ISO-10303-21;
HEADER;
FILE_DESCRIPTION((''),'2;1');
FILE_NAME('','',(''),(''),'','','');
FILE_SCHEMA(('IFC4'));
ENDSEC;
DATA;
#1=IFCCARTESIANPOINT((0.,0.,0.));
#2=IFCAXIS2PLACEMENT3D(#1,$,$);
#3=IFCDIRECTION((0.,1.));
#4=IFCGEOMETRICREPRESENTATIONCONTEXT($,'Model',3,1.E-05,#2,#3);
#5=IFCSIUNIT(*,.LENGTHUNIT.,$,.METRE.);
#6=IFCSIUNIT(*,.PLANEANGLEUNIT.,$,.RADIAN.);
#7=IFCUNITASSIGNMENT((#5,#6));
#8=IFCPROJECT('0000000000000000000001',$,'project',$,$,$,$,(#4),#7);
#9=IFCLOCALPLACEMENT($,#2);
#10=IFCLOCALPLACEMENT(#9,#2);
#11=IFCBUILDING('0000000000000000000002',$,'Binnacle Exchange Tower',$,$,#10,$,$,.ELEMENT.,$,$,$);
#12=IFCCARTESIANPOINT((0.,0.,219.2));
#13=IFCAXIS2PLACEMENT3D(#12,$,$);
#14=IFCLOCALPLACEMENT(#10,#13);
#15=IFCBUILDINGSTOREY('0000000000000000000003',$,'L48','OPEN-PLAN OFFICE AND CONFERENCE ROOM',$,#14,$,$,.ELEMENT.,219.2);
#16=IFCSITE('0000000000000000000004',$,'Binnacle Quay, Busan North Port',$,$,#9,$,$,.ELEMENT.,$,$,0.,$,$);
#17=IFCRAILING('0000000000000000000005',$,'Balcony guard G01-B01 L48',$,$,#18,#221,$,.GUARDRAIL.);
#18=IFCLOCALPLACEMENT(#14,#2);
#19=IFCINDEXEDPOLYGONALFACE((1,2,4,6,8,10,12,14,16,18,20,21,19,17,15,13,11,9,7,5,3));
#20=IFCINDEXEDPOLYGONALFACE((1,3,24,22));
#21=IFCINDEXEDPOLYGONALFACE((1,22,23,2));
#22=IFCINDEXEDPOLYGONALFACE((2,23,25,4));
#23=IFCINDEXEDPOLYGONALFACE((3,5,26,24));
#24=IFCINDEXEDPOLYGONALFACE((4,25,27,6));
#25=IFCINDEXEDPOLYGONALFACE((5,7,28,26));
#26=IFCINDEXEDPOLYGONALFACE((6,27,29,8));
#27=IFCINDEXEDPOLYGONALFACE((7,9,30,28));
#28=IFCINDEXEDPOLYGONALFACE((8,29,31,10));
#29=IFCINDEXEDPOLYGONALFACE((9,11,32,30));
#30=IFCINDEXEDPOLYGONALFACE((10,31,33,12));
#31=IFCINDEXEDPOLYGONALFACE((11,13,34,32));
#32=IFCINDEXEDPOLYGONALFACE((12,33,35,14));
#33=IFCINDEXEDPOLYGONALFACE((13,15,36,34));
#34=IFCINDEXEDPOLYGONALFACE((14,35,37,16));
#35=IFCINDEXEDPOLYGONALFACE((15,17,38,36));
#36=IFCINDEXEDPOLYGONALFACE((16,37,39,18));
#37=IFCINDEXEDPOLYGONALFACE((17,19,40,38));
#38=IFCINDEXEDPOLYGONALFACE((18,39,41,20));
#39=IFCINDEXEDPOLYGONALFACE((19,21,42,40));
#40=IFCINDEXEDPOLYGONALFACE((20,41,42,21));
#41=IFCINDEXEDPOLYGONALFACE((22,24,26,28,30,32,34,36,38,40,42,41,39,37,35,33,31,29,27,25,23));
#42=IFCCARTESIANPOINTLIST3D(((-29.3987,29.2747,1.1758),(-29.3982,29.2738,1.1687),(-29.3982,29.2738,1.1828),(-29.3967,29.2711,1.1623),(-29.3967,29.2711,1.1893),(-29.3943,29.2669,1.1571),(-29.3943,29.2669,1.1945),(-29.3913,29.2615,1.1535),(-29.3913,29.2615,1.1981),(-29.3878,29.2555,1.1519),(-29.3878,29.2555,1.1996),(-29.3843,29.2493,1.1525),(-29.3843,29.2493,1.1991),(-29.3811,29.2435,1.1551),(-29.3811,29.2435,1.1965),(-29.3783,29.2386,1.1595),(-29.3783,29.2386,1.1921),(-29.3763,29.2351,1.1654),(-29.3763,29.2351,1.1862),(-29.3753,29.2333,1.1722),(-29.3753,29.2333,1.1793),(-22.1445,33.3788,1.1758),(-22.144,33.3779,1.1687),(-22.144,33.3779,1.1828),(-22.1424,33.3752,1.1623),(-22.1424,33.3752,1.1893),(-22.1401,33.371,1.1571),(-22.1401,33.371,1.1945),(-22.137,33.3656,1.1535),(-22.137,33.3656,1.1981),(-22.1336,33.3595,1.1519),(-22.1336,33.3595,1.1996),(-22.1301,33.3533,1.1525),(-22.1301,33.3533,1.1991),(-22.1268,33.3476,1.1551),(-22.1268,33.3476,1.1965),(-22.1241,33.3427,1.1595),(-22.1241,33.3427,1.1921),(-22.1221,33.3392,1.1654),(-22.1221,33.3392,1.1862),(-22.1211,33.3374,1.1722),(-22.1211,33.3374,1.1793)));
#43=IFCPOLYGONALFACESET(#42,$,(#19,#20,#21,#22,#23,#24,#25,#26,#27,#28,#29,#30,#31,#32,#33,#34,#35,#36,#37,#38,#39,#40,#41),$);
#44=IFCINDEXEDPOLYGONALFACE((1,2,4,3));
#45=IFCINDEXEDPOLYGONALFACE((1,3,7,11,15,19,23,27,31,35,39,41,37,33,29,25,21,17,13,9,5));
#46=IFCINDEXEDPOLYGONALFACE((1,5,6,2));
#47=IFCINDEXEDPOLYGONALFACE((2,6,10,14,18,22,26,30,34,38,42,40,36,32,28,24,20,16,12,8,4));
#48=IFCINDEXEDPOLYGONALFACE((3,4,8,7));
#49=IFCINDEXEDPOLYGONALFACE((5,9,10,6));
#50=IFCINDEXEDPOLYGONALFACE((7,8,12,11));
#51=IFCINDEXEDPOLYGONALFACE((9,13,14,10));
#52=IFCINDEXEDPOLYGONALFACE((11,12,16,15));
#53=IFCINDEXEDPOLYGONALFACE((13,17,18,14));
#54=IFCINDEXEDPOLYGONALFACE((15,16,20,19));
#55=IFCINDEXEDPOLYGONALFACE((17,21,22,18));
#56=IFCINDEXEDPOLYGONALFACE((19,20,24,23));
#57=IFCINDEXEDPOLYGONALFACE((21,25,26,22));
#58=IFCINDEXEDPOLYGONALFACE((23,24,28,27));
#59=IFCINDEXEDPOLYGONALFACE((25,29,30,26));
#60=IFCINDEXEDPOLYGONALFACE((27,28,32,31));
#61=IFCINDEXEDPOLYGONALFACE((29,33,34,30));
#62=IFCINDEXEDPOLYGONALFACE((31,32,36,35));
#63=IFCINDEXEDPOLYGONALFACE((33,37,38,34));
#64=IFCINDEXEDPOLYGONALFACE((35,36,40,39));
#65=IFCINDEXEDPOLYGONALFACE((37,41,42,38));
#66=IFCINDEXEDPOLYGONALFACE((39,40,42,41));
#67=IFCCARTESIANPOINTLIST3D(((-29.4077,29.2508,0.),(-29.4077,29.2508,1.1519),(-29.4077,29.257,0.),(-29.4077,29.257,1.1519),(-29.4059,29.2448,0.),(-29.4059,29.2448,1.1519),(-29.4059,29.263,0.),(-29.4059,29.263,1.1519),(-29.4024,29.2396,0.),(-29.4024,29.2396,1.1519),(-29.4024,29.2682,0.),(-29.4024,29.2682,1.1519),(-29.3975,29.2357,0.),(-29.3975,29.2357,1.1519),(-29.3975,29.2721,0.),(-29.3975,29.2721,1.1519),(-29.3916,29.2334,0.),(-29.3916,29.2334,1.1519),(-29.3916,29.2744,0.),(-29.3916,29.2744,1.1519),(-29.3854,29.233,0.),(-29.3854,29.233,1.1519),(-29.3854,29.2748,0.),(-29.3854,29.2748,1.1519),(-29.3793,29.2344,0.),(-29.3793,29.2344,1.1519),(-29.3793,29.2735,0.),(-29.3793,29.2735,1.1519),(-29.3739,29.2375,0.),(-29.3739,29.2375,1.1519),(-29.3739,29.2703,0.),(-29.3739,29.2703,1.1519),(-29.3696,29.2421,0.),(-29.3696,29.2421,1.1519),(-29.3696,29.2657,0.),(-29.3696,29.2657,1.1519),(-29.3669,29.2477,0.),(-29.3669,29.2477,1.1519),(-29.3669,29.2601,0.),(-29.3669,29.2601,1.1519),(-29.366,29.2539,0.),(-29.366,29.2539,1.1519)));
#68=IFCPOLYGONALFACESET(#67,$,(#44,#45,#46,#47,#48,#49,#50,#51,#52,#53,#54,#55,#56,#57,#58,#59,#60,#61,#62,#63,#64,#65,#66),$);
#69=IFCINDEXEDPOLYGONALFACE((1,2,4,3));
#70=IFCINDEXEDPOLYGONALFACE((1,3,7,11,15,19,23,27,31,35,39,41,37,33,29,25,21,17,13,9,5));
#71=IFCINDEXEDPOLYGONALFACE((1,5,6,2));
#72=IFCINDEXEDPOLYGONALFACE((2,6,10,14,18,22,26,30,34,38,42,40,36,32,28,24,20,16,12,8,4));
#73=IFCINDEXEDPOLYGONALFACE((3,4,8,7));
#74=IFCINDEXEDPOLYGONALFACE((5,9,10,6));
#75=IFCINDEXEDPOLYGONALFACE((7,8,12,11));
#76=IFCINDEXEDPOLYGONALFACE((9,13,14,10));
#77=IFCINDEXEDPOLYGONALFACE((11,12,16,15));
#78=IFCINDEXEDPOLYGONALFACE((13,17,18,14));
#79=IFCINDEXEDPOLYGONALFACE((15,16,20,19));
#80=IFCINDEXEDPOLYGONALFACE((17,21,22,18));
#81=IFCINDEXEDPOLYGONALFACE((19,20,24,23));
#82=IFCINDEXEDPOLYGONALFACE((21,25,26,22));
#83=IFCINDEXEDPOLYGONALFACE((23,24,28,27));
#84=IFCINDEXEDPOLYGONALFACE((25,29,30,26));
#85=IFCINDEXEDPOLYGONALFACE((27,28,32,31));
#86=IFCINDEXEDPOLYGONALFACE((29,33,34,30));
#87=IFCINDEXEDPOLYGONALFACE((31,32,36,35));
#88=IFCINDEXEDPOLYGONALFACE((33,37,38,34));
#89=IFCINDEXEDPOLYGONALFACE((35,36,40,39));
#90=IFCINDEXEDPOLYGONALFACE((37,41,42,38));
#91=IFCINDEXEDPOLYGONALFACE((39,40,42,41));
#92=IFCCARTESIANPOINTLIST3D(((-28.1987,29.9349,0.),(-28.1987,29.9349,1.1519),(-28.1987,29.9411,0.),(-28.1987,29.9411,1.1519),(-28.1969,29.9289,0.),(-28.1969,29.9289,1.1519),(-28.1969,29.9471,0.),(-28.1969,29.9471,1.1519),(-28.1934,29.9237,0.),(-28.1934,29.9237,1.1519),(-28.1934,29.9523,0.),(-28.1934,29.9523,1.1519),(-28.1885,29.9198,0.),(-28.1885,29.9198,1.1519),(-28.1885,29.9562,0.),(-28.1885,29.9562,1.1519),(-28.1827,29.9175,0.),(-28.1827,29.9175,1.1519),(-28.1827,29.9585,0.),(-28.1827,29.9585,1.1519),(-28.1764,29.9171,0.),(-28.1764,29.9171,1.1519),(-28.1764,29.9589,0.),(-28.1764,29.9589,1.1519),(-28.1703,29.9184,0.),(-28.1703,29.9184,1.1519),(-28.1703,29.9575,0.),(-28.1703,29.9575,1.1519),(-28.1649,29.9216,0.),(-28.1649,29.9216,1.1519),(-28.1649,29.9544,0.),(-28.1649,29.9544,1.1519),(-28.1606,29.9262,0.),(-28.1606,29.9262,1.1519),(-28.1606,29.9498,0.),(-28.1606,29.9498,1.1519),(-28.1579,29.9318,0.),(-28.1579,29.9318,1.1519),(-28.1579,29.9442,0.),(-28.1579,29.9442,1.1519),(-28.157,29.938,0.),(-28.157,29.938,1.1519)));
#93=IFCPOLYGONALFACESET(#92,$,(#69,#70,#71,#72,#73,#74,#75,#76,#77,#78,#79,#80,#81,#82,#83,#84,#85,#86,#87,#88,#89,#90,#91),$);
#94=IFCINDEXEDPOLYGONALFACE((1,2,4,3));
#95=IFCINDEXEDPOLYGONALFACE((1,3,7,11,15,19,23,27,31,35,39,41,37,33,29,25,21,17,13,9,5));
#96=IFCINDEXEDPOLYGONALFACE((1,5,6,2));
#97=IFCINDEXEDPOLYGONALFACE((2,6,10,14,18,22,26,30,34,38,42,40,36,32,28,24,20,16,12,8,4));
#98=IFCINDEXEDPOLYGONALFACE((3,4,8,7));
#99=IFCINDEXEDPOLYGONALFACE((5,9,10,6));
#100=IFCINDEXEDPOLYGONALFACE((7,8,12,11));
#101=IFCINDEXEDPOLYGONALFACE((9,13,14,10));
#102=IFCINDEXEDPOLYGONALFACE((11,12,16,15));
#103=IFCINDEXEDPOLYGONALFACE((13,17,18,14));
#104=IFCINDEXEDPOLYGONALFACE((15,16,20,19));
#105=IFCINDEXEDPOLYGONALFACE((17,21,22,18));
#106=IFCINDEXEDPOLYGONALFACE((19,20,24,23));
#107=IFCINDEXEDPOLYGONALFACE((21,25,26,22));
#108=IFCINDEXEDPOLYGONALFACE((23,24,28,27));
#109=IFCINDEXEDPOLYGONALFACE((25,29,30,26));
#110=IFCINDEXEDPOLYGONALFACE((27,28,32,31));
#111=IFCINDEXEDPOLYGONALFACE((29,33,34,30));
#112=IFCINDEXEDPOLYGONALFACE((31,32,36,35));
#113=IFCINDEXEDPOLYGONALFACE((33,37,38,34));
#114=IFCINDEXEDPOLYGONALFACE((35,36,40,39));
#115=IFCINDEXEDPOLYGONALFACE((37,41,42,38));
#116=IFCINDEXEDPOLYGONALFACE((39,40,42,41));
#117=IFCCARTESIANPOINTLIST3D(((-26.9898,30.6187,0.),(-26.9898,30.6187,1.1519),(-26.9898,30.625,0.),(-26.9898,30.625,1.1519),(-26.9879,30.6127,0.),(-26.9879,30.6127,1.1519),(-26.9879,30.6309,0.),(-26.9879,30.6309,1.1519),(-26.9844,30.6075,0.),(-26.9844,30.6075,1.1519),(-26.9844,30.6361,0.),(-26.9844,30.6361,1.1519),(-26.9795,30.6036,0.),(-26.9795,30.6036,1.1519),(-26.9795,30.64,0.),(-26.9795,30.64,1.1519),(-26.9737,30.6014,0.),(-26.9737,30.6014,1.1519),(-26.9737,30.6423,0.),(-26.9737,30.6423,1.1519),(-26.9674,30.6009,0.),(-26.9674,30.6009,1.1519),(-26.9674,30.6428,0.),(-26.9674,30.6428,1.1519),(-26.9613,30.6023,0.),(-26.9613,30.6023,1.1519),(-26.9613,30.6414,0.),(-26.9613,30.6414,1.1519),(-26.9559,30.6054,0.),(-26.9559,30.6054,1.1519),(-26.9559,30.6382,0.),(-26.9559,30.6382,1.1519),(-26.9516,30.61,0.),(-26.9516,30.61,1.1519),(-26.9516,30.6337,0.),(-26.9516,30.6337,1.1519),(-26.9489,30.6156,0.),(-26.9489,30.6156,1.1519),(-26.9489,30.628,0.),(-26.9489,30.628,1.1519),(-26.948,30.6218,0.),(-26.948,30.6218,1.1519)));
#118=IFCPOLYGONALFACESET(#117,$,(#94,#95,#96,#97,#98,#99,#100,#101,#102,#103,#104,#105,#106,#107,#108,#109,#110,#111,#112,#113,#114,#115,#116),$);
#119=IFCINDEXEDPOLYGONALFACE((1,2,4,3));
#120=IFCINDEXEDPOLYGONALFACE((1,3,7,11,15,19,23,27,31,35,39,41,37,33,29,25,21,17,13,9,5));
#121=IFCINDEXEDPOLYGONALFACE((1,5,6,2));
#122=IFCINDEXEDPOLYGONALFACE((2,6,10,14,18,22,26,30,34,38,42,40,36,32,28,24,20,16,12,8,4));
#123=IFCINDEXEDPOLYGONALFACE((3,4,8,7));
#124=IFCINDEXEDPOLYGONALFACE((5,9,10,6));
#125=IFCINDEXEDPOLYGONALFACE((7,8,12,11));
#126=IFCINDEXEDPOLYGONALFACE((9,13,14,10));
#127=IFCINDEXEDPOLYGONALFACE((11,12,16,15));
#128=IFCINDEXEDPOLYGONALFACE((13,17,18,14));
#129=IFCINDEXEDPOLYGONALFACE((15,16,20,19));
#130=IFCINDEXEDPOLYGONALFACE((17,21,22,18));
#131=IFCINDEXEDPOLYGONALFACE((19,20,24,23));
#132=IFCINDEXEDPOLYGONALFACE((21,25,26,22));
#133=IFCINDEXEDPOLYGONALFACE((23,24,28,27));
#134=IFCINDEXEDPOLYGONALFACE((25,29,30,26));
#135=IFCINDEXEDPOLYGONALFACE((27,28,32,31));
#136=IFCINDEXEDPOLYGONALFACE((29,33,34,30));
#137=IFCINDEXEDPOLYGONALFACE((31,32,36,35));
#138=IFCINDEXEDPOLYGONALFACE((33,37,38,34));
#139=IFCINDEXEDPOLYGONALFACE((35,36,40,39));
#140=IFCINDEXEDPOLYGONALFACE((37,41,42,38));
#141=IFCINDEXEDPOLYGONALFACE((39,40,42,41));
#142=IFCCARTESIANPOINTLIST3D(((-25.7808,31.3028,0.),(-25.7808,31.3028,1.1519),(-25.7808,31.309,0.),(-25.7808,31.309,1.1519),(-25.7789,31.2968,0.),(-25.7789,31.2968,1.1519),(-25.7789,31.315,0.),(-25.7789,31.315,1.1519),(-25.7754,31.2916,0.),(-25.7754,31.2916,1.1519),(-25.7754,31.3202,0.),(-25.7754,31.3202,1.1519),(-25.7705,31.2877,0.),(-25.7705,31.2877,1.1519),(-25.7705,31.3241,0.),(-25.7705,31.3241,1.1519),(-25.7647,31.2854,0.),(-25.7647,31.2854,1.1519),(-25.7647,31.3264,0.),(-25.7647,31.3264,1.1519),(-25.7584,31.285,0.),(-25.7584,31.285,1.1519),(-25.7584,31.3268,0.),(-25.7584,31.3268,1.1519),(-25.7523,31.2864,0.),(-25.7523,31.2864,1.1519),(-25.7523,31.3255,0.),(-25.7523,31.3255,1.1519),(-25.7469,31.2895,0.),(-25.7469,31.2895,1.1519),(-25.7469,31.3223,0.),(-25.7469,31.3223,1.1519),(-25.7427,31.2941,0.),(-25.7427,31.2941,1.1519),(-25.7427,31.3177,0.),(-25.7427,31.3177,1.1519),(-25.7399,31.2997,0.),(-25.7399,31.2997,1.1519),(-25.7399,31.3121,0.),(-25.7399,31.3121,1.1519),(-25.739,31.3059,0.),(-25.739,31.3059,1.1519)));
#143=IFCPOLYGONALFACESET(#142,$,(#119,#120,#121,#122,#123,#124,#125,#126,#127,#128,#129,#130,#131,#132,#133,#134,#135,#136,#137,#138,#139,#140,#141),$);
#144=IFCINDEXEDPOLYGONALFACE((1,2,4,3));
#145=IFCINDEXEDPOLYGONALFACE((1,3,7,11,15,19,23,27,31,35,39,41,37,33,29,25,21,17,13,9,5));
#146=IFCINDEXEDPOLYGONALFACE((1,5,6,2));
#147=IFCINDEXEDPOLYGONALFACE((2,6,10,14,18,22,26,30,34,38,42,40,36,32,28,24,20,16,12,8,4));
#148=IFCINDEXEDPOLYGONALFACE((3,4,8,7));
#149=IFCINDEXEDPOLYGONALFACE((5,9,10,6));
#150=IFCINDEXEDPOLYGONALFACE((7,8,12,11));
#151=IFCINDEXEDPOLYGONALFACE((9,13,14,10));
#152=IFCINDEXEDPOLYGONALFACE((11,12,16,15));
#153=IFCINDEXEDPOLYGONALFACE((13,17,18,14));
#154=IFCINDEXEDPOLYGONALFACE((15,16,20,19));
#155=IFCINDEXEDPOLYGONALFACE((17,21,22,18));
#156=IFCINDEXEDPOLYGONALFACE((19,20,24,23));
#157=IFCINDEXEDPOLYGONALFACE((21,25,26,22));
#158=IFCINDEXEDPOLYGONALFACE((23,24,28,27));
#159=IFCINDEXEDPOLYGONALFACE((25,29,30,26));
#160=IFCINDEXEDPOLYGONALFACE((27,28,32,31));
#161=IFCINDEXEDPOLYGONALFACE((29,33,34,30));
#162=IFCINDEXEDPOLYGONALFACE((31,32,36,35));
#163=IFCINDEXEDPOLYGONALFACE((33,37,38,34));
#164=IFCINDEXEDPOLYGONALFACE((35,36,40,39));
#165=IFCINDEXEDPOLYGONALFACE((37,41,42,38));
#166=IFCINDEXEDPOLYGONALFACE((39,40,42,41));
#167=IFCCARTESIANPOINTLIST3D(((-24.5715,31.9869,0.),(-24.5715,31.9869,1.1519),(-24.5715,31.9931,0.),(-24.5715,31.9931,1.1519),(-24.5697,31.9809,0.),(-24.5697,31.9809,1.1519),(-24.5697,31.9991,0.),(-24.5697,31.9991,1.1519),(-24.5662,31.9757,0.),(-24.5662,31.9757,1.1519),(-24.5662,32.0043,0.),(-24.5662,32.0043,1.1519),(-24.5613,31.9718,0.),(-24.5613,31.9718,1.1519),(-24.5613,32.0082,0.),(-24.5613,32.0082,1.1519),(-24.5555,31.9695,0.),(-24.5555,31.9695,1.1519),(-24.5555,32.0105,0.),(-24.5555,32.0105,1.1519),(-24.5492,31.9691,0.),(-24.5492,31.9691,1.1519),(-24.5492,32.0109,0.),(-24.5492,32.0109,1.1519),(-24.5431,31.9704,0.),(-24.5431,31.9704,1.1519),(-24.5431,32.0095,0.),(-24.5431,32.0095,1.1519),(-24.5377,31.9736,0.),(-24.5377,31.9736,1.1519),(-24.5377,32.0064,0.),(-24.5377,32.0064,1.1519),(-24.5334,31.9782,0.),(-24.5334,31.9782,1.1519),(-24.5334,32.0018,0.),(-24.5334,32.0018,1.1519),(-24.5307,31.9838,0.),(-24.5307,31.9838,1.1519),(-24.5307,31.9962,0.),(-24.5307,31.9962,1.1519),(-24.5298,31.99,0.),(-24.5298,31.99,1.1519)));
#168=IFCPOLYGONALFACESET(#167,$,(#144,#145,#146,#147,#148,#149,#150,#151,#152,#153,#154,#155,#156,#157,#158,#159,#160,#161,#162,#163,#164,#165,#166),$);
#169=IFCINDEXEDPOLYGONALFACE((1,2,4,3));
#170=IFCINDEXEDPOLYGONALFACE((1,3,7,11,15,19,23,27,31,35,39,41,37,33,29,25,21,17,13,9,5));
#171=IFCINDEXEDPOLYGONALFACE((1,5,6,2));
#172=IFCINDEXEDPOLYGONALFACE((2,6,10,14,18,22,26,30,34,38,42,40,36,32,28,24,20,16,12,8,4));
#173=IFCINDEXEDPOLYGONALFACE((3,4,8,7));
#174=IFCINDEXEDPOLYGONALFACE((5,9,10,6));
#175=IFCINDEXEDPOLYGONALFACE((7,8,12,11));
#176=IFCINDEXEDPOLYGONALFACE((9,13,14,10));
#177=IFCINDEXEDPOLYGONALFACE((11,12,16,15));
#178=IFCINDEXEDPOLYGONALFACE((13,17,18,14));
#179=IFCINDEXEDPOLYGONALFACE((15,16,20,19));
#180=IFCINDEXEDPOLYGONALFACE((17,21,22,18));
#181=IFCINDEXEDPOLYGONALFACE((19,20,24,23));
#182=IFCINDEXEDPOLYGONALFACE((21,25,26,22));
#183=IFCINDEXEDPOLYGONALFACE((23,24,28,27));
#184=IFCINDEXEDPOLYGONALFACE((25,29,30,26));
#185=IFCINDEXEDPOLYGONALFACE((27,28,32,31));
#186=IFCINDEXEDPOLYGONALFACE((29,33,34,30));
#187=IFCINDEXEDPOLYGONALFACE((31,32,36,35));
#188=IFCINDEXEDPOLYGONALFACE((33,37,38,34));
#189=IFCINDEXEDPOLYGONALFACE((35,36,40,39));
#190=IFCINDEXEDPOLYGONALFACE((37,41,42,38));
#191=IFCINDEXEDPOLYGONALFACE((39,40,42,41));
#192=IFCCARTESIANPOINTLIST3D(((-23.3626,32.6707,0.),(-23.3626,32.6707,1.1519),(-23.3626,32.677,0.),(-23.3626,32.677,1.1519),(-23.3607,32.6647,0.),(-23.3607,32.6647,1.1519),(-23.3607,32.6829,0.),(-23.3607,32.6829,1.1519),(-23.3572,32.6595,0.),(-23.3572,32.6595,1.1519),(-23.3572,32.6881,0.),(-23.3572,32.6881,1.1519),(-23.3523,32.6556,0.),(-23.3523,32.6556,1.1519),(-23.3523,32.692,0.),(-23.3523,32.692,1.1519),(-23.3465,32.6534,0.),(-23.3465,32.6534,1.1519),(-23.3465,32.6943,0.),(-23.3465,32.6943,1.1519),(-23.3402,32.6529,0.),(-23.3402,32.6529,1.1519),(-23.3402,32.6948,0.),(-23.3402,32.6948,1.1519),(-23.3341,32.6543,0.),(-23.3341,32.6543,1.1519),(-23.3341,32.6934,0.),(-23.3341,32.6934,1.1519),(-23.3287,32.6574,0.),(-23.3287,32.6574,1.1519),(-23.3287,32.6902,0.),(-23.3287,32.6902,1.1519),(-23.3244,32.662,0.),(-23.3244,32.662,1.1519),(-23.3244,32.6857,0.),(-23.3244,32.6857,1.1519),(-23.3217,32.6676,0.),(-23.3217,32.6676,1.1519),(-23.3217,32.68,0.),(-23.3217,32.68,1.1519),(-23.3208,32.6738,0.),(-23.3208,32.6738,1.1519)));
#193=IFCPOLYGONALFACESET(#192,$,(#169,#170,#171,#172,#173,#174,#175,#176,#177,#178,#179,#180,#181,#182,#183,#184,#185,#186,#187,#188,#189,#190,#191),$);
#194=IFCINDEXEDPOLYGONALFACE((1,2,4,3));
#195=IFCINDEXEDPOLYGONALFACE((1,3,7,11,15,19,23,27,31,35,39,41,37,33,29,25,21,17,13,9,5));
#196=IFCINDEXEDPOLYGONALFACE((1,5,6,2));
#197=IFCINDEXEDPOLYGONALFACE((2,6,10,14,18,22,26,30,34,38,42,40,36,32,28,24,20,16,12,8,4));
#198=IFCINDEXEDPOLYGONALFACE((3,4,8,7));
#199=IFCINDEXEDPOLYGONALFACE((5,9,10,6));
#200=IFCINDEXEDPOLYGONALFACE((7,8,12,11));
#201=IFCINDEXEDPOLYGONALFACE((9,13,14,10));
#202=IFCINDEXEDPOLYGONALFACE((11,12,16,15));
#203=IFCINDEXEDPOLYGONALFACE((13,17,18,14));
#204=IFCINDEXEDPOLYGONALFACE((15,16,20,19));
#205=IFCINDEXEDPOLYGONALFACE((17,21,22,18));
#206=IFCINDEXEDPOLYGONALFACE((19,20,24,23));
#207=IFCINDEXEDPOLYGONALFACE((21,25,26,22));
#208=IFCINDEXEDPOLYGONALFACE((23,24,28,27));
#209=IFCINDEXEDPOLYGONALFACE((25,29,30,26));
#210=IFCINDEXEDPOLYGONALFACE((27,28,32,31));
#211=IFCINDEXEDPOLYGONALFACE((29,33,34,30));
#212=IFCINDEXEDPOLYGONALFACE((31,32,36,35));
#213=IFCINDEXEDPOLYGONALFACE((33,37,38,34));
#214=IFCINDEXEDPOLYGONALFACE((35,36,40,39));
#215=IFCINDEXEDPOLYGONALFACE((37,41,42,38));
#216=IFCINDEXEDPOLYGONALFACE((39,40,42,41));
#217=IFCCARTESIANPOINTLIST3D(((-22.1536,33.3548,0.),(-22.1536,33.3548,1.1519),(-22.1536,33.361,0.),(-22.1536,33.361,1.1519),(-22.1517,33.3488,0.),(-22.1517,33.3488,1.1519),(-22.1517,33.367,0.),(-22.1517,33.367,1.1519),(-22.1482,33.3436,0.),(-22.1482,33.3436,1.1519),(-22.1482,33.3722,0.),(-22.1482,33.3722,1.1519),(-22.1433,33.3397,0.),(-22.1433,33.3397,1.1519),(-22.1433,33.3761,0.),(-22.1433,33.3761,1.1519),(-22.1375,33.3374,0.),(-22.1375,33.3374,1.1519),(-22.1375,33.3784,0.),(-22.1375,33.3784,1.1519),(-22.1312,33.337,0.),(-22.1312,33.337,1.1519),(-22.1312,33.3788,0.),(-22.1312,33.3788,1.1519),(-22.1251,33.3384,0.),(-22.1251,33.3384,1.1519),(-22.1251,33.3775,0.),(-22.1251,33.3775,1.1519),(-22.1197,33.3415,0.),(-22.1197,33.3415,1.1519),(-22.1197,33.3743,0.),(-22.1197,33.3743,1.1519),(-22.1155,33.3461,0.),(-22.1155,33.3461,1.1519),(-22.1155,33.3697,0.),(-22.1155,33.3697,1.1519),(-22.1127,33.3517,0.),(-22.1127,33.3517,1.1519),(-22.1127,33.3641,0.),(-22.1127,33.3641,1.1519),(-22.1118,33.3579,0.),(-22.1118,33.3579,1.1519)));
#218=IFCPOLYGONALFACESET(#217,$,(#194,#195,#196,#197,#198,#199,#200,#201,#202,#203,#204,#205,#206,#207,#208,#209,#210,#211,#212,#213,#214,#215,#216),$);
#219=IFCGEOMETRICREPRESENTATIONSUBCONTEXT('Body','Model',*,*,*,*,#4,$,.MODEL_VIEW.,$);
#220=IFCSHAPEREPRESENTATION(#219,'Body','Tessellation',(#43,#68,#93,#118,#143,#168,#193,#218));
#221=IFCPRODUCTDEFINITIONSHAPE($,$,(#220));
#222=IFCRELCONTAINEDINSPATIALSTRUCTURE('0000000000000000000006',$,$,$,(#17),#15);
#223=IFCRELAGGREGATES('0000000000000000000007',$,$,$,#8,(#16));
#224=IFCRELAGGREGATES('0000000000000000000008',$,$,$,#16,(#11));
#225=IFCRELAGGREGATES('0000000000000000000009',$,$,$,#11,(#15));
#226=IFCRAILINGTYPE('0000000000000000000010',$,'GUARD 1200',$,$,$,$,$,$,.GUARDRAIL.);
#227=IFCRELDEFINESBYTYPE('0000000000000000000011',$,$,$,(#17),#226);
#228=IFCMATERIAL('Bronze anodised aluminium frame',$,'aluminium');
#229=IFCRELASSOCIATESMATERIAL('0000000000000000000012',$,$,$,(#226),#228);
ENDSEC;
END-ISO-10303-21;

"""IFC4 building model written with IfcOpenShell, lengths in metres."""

from ifc_helpers import new_model, si_unit, direction, frame, origin, origin_2d, place, context, subcontext, project, spatial, circle, extrude, material, type_object, element, save


model = new_model("IFC4")

# Units and contexts
model_context = context("Model", 3, precision=1e-05, world=origin(), true_north=direction((0.0, 1.0)))
body_context = subcontext(model_context, "Body", "Model", "MODEL_VIEW")
ifc_project = project(units=[si_unit("LENGTHUNIT", "METRE"), si_unit("PLANEANGLEUNIT", "RADIAN")], contexts=[model_context])

# Site, building, storey
site_placement = place(None, origin())
site = spatial("IfcSite", under=ifc_project, at=site_placement, Name="Binnacle Quay, Busan North Port", CompositionType="ELEMENT", RefElevation=0.0)
building_placement = place(site_placement, origin())
building = spatial("IfcBuilding", under=site, at=building_placement, Name="Binnacle Exchange Tower", CompositionType="ELEMENT")
storey_placement = place(building_placement, frame((0.0, 0.0, 219.2)))
storey = spatial("IfcBuildingStorey", under=building, at=storey_placement, Name="L48", Description="OPEN-PLAN OFFICE AND CONFERENCE ROOM", CompositionType="ELEMENT", Elevation=219.2)

# Railing
ifc_material_1 = material(Name="Bronze anodised aluminium frame", Category="aluminium")
railing_type_1 = type_object("IfcRailingType", Name="GUARD 1200", PredefinedType="GUARDRAIL", material=ifc_material_1)
railing_1_placement = place(storey_placement, frame((-29.387, 29.2539, 0.0)))
element("IfcRailing", 1, at=railing_1_placement, inside=storey, type_object=railing_type_1, Name="Balcony guard G01-B01 L48", PredefinedType="GUARDRAIL", context=body_context, shape_type="SweptSolid", body=[
    extrude(circle(Radius=0.0239, at=origin_2d()), frame((0.0, 0.0, 1.1758), z_axis=(0.870366, 0.492406, 0.0), x_axis=(-0.492406, 0.870366, 0.0)), (0.0, 0.0, 1.0), 8.3347),
    extrude(circle(Radius=0.021, at=origin_2d()), origin(), (0.0, 0.0, 1.0), 1.1519),
    extrude(circle(Radius=0.021, at=origin_2d()), frame((1.209, 0.6841, 0.0)), (0.0, 0.0, 1.0), 1.1519),
    extrude(circle(Radius=0.021, at=origin_2d()), frame((2.418, 1.3679, 0.0)), (0.0, 0.0, 1.0), 1.1519),
    extrude(circle(Radius=0.021, at=origin_2d()), frame((3.627, 2.052, 0.0)), (0.0, 0.0, 1.0), 1.1519),
    extrude(circle(Radius=0.021, at=origin_2d()), frame((4.8362, 2.7361, 0.0)), (0.0, 0.0, 1.0), 1.1519),
    extrude(circle(Radius=0.021, at=origin_2d()), frame((6.0452, 3.4199, 0.0)), (0.0, 0.0, 1.0), 1.1519),
    extrude(circle(Radius=0.021, at=origin_2d()), frame((7.2542, 4.104, 0.0)), (0.0, 0.0, 1.0), 1.1519),
])

save(model, "model.ifc")
